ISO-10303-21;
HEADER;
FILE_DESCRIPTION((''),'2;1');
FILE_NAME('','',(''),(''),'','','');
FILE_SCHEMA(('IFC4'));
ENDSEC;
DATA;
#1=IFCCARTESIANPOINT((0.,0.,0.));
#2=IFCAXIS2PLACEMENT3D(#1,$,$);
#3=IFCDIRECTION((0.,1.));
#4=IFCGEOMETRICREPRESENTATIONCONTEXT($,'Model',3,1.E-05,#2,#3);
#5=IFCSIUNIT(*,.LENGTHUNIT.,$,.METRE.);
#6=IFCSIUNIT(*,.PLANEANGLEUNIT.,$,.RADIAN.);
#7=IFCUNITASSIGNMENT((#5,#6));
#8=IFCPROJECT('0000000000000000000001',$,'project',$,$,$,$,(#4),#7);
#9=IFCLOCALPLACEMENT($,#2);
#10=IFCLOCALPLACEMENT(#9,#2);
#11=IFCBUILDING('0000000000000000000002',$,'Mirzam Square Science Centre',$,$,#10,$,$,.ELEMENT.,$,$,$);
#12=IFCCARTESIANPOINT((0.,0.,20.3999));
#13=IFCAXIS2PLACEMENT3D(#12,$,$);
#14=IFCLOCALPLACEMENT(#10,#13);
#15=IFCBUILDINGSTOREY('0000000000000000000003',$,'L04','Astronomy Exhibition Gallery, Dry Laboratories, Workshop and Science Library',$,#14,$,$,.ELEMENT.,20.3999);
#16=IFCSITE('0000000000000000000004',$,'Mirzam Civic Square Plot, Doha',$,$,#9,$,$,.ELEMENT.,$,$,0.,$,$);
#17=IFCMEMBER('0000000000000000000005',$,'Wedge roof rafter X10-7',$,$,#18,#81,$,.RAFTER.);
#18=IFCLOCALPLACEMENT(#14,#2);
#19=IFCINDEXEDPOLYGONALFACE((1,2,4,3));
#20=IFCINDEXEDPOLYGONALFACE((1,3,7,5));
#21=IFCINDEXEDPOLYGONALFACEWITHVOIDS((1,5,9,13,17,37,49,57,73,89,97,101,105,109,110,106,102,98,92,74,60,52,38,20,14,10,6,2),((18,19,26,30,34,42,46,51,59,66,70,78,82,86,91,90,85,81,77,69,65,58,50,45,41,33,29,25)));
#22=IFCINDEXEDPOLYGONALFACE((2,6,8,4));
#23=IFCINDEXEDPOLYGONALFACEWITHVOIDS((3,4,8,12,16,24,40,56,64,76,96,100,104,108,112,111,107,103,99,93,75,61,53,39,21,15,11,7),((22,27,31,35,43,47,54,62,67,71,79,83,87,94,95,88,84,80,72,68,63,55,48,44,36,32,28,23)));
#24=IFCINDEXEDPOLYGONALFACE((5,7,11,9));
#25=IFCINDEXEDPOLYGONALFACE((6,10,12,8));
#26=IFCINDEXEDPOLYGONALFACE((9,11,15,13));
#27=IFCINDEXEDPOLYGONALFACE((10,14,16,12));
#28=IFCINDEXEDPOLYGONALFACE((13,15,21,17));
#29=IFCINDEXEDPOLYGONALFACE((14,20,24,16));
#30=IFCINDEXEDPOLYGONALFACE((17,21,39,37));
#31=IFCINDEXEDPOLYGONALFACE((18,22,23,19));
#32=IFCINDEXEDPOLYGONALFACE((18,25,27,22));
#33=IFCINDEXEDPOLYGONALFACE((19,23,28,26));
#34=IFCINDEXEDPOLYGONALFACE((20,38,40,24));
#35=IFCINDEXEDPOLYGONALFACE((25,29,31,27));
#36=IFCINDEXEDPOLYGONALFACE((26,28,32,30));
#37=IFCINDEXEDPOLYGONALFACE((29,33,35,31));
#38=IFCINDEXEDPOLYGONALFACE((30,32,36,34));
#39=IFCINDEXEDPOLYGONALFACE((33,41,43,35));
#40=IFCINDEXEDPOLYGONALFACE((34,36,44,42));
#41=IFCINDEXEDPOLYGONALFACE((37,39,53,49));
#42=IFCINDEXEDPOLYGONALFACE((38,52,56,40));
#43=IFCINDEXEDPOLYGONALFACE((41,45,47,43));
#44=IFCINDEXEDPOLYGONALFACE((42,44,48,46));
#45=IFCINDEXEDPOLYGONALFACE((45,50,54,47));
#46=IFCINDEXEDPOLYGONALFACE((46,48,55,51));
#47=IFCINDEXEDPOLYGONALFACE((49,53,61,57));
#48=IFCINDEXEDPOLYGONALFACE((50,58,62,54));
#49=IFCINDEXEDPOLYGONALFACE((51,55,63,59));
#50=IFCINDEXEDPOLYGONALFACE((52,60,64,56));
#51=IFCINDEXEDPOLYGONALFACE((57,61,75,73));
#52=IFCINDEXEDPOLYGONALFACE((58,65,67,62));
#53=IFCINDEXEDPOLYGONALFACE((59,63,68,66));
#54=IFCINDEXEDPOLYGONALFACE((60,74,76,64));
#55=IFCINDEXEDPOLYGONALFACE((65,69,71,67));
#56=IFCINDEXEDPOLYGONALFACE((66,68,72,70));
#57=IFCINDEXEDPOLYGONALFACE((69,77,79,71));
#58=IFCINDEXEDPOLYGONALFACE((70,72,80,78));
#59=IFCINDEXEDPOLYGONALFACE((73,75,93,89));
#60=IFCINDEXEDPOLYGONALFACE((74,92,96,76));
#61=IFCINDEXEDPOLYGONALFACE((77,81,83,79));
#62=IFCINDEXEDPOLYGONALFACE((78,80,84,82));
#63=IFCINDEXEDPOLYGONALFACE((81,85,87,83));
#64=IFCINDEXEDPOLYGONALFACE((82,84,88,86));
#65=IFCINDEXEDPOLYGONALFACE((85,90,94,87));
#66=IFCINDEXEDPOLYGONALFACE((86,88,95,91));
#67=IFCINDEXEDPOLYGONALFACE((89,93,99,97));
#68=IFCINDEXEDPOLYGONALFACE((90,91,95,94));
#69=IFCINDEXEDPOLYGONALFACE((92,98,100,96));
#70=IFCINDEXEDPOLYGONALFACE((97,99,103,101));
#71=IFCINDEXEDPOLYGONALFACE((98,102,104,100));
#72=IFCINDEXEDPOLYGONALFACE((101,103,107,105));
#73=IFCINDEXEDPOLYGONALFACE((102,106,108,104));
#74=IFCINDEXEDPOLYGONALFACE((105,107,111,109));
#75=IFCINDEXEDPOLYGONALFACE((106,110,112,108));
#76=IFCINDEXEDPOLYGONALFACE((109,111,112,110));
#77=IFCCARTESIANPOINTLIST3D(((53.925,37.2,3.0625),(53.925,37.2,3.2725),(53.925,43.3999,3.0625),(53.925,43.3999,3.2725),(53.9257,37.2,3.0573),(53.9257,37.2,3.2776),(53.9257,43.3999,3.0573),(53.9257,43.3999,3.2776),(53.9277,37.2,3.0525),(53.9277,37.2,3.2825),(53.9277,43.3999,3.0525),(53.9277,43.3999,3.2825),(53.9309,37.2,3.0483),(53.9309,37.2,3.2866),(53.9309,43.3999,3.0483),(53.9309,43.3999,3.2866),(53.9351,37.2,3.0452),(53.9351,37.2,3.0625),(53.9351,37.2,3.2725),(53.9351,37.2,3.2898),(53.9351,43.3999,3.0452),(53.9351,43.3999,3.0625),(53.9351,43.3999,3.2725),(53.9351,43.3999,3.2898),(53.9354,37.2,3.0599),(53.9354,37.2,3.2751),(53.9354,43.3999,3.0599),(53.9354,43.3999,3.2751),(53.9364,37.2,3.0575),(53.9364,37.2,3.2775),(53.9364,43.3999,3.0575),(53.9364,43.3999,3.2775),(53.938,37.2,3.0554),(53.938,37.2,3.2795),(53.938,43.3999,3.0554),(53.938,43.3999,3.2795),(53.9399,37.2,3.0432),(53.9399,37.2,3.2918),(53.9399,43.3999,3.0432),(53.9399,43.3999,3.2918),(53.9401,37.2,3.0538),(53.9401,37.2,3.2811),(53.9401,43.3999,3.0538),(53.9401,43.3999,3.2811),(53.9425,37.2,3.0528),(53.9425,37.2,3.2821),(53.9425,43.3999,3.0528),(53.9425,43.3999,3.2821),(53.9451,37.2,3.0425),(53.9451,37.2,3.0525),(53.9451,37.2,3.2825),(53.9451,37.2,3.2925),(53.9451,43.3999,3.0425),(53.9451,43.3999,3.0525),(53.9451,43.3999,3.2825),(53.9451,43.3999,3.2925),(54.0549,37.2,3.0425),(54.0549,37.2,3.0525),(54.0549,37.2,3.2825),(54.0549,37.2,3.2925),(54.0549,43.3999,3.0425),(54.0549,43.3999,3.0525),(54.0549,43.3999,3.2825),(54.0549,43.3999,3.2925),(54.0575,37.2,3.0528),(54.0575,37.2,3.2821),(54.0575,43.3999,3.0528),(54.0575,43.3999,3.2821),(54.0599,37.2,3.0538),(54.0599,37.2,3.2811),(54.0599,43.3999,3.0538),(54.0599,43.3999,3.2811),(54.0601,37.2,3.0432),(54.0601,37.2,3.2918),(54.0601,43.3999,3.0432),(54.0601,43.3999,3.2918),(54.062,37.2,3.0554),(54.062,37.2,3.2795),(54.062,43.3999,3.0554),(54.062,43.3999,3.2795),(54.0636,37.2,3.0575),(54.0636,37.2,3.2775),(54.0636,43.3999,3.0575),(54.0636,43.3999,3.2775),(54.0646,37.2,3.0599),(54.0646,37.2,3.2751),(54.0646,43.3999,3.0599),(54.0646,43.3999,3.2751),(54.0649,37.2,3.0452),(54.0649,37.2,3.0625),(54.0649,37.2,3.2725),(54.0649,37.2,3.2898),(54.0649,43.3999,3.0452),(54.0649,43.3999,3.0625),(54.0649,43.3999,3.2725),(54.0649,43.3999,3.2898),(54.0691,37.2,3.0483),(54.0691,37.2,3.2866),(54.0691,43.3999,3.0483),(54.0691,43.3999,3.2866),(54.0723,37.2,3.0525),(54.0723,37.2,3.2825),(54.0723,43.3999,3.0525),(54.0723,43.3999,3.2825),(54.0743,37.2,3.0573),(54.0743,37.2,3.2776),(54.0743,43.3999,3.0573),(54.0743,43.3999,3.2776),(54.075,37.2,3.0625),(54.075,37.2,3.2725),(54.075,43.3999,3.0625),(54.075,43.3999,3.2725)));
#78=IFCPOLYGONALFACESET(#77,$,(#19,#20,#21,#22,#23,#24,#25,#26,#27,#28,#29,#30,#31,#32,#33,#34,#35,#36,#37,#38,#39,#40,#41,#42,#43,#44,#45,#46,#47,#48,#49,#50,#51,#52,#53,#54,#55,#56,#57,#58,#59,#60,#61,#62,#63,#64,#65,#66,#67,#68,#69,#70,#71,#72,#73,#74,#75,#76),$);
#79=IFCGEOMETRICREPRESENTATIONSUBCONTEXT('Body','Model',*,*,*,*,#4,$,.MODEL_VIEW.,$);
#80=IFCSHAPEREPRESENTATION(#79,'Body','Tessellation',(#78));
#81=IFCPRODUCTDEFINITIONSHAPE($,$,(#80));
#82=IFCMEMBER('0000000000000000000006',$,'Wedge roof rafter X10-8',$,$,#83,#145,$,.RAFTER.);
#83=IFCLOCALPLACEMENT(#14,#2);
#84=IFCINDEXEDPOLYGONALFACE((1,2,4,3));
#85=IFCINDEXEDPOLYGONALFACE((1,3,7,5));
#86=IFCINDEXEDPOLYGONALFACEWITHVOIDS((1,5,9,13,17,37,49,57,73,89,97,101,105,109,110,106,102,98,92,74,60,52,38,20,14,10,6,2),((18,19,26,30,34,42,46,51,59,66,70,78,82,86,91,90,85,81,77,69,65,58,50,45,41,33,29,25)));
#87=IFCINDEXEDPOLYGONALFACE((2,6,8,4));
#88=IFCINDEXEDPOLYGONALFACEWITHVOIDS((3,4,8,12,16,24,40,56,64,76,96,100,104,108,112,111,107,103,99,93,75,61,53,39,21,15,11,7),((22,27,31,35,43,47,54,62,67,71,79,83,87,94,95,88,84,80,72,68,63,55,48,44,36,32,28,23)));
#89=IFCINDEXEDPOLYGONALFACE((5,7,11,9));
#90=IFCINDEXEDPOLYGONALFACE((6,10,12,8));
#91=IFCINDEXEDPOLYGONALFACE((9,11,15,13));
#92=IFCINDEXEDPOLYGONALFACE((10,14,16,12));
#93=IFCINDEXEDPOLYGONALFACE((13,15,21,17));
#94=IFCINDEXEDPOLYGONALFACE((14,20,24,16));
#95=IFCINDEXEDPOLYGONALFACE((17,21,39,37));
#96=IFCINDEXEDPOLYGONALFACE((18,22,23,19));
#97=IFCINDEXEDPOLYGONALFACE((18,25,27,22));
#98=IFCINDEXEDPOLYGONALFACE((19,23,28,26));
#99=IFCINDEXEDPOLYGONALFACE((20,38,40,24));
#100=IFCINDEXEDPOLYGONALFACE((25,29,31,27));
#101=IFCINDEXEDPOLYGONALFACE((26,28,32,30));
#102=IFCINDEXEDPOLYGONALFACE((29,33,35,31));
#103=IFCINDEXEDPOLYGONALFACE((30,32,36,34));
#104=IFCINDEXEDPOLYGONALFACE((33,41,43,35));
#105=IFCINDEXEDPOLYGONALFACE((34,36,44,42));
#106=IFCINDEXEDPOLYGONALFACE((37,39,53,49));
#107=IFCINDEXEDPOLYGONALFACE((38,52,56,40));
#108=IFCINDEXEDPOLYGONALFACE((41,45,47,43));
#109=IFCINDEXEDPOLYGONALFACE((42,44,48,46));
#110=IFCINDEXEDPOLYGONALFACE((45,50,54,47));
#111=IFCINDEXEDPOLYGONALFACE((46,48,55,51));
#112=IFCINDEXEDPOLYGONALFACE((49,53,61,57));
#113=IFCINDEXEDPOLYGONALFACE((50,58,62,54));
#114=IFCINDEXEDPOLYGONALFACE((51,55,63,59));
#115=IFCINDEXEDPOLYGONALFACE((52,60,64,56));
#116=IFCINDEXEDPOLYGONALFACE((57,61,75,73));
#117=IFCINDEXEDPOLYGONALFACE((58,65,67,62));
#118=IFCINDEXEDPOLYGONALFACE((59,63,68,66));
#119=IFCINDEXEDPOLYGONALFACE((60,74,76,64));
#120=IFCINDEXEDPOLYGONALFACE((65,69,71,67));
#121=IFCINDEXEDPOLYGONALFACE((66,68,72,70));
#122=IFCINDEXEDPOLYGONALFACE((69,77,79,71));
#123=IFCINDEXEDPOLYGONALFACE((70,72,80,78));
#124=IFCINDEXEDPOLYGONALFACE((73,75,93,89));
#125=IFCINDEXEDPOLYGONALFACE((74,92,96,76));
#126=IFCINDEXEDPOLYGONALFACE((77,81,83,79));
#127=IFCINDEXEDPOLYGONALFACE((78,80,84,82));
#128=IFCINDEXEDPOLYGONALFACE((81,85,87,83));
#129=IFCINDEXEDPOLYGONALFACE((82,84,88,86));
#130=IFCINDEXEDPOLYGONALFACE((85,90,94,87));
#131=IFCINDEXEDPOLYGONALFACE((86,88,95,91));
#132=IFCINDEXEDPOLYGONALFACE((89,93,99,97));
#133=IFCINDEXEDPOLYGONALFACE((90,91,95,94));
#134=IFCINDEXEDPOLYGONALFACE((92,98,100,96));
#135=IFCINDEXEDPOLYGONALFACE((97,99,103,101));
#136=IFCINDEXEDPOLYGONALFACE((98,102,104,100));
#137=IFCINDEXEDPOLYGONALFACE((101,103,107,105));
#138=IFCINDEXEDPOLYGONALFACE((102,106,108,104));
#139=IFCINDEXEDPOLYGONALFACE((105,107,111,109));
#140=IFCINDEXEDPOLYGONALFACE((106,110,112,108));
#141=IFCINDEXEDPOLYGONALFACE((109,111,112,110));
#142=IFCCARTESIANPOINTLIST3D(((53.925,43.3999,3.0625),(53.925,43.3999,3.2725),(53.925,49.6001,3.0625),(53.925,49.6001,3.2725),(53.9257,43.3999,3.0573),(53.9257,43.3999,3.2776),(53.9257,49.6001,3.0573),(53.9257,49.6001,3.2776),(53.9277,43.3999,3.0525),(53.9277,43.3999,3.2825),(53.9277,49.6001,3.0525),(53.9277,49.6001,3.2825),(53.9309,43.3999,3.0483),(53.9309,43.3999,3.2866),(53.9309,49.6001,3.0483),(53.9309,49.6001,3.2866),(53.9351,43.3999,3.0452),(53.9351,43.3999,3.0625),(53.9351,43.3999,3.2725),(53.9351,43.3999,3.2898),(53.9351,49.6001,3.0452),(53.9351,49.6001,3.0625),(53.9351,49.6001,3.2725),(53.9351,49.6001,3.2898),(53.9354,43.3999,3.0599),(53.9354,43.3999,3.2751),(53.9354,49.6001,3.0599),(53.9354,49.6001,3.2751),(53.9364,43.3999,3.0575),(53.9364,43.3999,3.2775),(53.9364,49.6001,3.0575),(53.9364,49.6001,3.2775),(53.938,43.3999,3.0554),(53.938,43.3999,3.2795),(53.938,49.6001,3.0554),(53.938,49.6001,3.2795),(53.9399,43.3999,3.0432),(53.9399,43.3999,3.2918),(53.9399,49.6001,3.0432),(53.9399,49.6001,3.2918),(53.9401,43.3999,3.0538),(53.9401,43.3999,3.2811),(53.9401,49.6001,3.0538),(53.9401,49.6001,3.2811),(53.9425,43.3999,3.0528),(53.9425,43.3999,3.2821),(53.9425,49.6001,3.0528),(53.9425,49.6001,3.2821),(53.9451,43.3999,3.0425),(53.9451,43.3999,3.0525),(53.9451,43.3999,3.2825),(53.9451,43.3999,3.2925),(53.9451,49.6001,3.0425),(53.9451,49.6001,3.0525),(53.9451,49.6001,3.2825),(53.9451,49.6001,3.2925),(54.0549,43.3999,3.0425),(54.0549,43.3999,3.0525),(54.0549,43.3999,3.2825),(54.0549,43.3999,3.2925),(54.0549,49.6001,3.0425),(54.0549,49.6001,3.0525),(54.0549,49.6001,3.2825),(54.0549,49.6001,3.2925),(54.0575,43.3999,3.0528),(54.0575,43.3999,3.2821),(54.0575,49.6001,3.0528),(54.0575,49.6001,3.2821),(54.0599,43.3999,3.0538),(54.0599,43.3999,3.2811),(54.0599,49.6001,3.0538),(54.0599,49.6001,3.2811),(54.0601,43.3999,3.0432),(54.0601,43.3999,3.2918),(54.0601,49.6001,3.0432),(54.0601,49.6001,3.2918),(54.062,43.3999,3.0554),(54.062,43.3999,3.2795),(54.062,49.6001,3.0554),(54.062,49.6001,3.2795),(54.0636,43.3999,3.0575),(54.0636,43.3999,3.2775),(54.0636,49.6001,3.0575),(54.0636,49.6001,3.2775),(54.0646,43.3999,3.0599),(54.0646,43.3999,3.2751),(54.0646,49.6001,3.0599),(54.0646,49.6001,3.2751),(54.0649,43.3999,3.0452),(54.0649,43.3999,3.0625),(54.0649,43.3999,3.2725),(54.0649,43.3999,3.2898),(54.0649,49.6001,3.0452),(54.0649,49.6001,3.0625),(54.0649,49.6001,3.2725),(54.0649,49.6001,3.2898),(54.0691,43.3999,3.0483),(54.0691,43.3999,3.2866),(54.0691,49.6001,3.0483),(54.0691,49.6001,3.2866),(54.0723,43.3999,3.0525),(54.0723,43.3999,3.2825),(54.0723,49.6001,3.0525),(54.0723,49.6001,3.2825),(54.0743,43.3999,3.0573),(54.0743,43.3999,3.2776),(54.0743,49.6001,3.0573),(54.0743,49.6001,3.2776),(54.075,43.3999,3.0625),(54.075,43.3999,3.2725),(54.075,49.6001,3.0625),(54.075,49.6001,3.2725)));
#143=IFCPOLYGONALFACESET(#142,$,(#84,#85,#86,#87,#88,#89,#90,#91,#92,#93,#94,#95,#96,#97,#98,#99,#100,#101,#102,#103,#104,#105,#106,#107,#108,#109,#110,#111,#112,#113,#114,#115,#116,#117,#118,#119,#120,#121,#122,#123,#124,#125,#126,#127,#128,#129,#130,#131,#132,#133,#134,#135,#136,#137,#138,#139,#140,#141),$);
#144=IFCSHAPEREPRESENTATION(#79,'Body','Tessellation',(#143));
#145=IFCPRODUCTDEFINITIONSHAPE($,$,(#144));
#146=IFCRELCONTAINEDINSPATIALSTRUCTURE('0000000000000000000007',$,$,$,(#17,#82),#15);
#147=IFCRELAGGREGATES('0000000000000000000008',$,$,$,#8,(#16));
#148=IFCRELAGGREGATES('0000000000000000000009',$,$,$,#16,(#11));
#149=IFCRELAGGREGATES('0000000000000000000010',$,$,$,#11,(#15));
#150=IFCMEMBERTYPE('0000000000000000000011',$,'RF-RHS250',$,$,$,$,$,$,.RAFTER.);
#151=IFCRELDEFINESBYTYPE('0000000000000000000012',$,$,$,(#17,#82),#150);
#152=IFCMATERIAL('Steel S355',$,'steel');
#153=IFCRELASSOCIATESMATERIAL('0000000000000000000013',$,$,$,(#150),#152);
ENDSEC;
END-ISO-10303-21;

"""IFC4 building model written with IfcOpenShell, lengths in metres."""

from ifc_helpers import new_model, si_unit, direction, frame, origin, origin_2d, place, context, subcontext, project, spatial, hollow_rectangle, extrude, material, material_profile, profile_set, type_object, element, save


model = new_model("IFC4")

# Units and contexts
model_context = context("Model", 3, precision=1e-05, world=origin(), true_north=direction((0.0, 1.0)))
body_context = subcontext(model_context, "Body", "Model", "MODEL_VIEW")
ifc_project = project(units=[si_unit("LENGTHUNIT", "METRE"), si_unit("PLANEANGLEUNIT", "RADIAN")], contexts=[model_context])

# Site, building, storey
site_placement = place(None, origin())
site = spatial("IfcSite", under=ifc_project, at=site_placement, Name="Mirzam Civic Square Plot, Doha", CompositionType="ELEMENT", RefElevation=0.0)
building_placement = place(site_placement, origin())
building = spatial("IfcBuilding", under=site, at=building_placement, Name="Mirzam Square Science Centre", CompositionType="ELEMENT")
storey_placement = place(building_placement, frame((0.0, 0.0, 20.3999)))
storey = spatial("IfcBuildingStorey", under=building, at=storey_placement, Name="L04", Description="Astronomy Exhibition Gallery, Dry Laboratories, Workshop and Science Library", CompositionType="ELEMENT", Elevation=20.3999)

# Members
ifc_material_1 = material(Name="Steel S355", Category="steel")
ifc_material_profile_1 = material_profile(ifc_material_1, hollow_rectangle(XDim=0.1499, YDim=0.25, WallThickness=0.01, InnerFilletRadius=0.01, OuterFilletRadius=0.02, at=origin_2d()), Name="250x150x10.0RHS")
ifc_profile_set_1 = profile_set([ifc_material_profile_1], Name="Steel S355")
member_type_1 = type_object("IfcMemberType", Name="RF-RHS250", PredefinedType="RAFTER", material=ifc_profile_set_1)
member_1_placement = place(storey_placement, frame((54.0, 37.2, 3.1675), z_axis=(0.0, 1.0, 0.0), x_axis=(-1.0, 0.0, 0.0)))
element("IfcMember", 1, at=member_1_placement, inside=storey, type_object=member_type_1, Name="Wedge roof rafter X10-7", PredefinedType="RAFTER", context=body_context, shape_type="SweptSolid", body=[
    extrude(hollow_rectangle(XDim=0.1499, YDim=0.25, WallThickness=0.01, InnerFilletRadius=0.01, OuterFilletRadius=0.02, at=origin_2d()), origin(), (0.0, 0.0, 1.0), 6.2),
])
member_2_placement = place(storey_placement, frame((54.0, 43.3999, 3.1675), z_axis=(0.0, 1.0, 0.0), x_axis=(-1.0, 0.0, 0.0)))
element("IfcMember", 2, at=member_2_placement, inside=storey, type_object=member_type_1, Name="Wedge roof rafter X10-8", PredefinedType="RAFTER", context=body_context, shape_type="SweptSolid", body=[
    extrude(hollow_rectangle(XDim=0.1499, YDim=0.25, WallThickness=0.01, InnerFilletRadius=0.01, OuterFilletRadius=0.02, at=origin_2d()), origin(), (0.0, 0.0, 1.0), 6.2002),
])

save(model, "model.ifc")
